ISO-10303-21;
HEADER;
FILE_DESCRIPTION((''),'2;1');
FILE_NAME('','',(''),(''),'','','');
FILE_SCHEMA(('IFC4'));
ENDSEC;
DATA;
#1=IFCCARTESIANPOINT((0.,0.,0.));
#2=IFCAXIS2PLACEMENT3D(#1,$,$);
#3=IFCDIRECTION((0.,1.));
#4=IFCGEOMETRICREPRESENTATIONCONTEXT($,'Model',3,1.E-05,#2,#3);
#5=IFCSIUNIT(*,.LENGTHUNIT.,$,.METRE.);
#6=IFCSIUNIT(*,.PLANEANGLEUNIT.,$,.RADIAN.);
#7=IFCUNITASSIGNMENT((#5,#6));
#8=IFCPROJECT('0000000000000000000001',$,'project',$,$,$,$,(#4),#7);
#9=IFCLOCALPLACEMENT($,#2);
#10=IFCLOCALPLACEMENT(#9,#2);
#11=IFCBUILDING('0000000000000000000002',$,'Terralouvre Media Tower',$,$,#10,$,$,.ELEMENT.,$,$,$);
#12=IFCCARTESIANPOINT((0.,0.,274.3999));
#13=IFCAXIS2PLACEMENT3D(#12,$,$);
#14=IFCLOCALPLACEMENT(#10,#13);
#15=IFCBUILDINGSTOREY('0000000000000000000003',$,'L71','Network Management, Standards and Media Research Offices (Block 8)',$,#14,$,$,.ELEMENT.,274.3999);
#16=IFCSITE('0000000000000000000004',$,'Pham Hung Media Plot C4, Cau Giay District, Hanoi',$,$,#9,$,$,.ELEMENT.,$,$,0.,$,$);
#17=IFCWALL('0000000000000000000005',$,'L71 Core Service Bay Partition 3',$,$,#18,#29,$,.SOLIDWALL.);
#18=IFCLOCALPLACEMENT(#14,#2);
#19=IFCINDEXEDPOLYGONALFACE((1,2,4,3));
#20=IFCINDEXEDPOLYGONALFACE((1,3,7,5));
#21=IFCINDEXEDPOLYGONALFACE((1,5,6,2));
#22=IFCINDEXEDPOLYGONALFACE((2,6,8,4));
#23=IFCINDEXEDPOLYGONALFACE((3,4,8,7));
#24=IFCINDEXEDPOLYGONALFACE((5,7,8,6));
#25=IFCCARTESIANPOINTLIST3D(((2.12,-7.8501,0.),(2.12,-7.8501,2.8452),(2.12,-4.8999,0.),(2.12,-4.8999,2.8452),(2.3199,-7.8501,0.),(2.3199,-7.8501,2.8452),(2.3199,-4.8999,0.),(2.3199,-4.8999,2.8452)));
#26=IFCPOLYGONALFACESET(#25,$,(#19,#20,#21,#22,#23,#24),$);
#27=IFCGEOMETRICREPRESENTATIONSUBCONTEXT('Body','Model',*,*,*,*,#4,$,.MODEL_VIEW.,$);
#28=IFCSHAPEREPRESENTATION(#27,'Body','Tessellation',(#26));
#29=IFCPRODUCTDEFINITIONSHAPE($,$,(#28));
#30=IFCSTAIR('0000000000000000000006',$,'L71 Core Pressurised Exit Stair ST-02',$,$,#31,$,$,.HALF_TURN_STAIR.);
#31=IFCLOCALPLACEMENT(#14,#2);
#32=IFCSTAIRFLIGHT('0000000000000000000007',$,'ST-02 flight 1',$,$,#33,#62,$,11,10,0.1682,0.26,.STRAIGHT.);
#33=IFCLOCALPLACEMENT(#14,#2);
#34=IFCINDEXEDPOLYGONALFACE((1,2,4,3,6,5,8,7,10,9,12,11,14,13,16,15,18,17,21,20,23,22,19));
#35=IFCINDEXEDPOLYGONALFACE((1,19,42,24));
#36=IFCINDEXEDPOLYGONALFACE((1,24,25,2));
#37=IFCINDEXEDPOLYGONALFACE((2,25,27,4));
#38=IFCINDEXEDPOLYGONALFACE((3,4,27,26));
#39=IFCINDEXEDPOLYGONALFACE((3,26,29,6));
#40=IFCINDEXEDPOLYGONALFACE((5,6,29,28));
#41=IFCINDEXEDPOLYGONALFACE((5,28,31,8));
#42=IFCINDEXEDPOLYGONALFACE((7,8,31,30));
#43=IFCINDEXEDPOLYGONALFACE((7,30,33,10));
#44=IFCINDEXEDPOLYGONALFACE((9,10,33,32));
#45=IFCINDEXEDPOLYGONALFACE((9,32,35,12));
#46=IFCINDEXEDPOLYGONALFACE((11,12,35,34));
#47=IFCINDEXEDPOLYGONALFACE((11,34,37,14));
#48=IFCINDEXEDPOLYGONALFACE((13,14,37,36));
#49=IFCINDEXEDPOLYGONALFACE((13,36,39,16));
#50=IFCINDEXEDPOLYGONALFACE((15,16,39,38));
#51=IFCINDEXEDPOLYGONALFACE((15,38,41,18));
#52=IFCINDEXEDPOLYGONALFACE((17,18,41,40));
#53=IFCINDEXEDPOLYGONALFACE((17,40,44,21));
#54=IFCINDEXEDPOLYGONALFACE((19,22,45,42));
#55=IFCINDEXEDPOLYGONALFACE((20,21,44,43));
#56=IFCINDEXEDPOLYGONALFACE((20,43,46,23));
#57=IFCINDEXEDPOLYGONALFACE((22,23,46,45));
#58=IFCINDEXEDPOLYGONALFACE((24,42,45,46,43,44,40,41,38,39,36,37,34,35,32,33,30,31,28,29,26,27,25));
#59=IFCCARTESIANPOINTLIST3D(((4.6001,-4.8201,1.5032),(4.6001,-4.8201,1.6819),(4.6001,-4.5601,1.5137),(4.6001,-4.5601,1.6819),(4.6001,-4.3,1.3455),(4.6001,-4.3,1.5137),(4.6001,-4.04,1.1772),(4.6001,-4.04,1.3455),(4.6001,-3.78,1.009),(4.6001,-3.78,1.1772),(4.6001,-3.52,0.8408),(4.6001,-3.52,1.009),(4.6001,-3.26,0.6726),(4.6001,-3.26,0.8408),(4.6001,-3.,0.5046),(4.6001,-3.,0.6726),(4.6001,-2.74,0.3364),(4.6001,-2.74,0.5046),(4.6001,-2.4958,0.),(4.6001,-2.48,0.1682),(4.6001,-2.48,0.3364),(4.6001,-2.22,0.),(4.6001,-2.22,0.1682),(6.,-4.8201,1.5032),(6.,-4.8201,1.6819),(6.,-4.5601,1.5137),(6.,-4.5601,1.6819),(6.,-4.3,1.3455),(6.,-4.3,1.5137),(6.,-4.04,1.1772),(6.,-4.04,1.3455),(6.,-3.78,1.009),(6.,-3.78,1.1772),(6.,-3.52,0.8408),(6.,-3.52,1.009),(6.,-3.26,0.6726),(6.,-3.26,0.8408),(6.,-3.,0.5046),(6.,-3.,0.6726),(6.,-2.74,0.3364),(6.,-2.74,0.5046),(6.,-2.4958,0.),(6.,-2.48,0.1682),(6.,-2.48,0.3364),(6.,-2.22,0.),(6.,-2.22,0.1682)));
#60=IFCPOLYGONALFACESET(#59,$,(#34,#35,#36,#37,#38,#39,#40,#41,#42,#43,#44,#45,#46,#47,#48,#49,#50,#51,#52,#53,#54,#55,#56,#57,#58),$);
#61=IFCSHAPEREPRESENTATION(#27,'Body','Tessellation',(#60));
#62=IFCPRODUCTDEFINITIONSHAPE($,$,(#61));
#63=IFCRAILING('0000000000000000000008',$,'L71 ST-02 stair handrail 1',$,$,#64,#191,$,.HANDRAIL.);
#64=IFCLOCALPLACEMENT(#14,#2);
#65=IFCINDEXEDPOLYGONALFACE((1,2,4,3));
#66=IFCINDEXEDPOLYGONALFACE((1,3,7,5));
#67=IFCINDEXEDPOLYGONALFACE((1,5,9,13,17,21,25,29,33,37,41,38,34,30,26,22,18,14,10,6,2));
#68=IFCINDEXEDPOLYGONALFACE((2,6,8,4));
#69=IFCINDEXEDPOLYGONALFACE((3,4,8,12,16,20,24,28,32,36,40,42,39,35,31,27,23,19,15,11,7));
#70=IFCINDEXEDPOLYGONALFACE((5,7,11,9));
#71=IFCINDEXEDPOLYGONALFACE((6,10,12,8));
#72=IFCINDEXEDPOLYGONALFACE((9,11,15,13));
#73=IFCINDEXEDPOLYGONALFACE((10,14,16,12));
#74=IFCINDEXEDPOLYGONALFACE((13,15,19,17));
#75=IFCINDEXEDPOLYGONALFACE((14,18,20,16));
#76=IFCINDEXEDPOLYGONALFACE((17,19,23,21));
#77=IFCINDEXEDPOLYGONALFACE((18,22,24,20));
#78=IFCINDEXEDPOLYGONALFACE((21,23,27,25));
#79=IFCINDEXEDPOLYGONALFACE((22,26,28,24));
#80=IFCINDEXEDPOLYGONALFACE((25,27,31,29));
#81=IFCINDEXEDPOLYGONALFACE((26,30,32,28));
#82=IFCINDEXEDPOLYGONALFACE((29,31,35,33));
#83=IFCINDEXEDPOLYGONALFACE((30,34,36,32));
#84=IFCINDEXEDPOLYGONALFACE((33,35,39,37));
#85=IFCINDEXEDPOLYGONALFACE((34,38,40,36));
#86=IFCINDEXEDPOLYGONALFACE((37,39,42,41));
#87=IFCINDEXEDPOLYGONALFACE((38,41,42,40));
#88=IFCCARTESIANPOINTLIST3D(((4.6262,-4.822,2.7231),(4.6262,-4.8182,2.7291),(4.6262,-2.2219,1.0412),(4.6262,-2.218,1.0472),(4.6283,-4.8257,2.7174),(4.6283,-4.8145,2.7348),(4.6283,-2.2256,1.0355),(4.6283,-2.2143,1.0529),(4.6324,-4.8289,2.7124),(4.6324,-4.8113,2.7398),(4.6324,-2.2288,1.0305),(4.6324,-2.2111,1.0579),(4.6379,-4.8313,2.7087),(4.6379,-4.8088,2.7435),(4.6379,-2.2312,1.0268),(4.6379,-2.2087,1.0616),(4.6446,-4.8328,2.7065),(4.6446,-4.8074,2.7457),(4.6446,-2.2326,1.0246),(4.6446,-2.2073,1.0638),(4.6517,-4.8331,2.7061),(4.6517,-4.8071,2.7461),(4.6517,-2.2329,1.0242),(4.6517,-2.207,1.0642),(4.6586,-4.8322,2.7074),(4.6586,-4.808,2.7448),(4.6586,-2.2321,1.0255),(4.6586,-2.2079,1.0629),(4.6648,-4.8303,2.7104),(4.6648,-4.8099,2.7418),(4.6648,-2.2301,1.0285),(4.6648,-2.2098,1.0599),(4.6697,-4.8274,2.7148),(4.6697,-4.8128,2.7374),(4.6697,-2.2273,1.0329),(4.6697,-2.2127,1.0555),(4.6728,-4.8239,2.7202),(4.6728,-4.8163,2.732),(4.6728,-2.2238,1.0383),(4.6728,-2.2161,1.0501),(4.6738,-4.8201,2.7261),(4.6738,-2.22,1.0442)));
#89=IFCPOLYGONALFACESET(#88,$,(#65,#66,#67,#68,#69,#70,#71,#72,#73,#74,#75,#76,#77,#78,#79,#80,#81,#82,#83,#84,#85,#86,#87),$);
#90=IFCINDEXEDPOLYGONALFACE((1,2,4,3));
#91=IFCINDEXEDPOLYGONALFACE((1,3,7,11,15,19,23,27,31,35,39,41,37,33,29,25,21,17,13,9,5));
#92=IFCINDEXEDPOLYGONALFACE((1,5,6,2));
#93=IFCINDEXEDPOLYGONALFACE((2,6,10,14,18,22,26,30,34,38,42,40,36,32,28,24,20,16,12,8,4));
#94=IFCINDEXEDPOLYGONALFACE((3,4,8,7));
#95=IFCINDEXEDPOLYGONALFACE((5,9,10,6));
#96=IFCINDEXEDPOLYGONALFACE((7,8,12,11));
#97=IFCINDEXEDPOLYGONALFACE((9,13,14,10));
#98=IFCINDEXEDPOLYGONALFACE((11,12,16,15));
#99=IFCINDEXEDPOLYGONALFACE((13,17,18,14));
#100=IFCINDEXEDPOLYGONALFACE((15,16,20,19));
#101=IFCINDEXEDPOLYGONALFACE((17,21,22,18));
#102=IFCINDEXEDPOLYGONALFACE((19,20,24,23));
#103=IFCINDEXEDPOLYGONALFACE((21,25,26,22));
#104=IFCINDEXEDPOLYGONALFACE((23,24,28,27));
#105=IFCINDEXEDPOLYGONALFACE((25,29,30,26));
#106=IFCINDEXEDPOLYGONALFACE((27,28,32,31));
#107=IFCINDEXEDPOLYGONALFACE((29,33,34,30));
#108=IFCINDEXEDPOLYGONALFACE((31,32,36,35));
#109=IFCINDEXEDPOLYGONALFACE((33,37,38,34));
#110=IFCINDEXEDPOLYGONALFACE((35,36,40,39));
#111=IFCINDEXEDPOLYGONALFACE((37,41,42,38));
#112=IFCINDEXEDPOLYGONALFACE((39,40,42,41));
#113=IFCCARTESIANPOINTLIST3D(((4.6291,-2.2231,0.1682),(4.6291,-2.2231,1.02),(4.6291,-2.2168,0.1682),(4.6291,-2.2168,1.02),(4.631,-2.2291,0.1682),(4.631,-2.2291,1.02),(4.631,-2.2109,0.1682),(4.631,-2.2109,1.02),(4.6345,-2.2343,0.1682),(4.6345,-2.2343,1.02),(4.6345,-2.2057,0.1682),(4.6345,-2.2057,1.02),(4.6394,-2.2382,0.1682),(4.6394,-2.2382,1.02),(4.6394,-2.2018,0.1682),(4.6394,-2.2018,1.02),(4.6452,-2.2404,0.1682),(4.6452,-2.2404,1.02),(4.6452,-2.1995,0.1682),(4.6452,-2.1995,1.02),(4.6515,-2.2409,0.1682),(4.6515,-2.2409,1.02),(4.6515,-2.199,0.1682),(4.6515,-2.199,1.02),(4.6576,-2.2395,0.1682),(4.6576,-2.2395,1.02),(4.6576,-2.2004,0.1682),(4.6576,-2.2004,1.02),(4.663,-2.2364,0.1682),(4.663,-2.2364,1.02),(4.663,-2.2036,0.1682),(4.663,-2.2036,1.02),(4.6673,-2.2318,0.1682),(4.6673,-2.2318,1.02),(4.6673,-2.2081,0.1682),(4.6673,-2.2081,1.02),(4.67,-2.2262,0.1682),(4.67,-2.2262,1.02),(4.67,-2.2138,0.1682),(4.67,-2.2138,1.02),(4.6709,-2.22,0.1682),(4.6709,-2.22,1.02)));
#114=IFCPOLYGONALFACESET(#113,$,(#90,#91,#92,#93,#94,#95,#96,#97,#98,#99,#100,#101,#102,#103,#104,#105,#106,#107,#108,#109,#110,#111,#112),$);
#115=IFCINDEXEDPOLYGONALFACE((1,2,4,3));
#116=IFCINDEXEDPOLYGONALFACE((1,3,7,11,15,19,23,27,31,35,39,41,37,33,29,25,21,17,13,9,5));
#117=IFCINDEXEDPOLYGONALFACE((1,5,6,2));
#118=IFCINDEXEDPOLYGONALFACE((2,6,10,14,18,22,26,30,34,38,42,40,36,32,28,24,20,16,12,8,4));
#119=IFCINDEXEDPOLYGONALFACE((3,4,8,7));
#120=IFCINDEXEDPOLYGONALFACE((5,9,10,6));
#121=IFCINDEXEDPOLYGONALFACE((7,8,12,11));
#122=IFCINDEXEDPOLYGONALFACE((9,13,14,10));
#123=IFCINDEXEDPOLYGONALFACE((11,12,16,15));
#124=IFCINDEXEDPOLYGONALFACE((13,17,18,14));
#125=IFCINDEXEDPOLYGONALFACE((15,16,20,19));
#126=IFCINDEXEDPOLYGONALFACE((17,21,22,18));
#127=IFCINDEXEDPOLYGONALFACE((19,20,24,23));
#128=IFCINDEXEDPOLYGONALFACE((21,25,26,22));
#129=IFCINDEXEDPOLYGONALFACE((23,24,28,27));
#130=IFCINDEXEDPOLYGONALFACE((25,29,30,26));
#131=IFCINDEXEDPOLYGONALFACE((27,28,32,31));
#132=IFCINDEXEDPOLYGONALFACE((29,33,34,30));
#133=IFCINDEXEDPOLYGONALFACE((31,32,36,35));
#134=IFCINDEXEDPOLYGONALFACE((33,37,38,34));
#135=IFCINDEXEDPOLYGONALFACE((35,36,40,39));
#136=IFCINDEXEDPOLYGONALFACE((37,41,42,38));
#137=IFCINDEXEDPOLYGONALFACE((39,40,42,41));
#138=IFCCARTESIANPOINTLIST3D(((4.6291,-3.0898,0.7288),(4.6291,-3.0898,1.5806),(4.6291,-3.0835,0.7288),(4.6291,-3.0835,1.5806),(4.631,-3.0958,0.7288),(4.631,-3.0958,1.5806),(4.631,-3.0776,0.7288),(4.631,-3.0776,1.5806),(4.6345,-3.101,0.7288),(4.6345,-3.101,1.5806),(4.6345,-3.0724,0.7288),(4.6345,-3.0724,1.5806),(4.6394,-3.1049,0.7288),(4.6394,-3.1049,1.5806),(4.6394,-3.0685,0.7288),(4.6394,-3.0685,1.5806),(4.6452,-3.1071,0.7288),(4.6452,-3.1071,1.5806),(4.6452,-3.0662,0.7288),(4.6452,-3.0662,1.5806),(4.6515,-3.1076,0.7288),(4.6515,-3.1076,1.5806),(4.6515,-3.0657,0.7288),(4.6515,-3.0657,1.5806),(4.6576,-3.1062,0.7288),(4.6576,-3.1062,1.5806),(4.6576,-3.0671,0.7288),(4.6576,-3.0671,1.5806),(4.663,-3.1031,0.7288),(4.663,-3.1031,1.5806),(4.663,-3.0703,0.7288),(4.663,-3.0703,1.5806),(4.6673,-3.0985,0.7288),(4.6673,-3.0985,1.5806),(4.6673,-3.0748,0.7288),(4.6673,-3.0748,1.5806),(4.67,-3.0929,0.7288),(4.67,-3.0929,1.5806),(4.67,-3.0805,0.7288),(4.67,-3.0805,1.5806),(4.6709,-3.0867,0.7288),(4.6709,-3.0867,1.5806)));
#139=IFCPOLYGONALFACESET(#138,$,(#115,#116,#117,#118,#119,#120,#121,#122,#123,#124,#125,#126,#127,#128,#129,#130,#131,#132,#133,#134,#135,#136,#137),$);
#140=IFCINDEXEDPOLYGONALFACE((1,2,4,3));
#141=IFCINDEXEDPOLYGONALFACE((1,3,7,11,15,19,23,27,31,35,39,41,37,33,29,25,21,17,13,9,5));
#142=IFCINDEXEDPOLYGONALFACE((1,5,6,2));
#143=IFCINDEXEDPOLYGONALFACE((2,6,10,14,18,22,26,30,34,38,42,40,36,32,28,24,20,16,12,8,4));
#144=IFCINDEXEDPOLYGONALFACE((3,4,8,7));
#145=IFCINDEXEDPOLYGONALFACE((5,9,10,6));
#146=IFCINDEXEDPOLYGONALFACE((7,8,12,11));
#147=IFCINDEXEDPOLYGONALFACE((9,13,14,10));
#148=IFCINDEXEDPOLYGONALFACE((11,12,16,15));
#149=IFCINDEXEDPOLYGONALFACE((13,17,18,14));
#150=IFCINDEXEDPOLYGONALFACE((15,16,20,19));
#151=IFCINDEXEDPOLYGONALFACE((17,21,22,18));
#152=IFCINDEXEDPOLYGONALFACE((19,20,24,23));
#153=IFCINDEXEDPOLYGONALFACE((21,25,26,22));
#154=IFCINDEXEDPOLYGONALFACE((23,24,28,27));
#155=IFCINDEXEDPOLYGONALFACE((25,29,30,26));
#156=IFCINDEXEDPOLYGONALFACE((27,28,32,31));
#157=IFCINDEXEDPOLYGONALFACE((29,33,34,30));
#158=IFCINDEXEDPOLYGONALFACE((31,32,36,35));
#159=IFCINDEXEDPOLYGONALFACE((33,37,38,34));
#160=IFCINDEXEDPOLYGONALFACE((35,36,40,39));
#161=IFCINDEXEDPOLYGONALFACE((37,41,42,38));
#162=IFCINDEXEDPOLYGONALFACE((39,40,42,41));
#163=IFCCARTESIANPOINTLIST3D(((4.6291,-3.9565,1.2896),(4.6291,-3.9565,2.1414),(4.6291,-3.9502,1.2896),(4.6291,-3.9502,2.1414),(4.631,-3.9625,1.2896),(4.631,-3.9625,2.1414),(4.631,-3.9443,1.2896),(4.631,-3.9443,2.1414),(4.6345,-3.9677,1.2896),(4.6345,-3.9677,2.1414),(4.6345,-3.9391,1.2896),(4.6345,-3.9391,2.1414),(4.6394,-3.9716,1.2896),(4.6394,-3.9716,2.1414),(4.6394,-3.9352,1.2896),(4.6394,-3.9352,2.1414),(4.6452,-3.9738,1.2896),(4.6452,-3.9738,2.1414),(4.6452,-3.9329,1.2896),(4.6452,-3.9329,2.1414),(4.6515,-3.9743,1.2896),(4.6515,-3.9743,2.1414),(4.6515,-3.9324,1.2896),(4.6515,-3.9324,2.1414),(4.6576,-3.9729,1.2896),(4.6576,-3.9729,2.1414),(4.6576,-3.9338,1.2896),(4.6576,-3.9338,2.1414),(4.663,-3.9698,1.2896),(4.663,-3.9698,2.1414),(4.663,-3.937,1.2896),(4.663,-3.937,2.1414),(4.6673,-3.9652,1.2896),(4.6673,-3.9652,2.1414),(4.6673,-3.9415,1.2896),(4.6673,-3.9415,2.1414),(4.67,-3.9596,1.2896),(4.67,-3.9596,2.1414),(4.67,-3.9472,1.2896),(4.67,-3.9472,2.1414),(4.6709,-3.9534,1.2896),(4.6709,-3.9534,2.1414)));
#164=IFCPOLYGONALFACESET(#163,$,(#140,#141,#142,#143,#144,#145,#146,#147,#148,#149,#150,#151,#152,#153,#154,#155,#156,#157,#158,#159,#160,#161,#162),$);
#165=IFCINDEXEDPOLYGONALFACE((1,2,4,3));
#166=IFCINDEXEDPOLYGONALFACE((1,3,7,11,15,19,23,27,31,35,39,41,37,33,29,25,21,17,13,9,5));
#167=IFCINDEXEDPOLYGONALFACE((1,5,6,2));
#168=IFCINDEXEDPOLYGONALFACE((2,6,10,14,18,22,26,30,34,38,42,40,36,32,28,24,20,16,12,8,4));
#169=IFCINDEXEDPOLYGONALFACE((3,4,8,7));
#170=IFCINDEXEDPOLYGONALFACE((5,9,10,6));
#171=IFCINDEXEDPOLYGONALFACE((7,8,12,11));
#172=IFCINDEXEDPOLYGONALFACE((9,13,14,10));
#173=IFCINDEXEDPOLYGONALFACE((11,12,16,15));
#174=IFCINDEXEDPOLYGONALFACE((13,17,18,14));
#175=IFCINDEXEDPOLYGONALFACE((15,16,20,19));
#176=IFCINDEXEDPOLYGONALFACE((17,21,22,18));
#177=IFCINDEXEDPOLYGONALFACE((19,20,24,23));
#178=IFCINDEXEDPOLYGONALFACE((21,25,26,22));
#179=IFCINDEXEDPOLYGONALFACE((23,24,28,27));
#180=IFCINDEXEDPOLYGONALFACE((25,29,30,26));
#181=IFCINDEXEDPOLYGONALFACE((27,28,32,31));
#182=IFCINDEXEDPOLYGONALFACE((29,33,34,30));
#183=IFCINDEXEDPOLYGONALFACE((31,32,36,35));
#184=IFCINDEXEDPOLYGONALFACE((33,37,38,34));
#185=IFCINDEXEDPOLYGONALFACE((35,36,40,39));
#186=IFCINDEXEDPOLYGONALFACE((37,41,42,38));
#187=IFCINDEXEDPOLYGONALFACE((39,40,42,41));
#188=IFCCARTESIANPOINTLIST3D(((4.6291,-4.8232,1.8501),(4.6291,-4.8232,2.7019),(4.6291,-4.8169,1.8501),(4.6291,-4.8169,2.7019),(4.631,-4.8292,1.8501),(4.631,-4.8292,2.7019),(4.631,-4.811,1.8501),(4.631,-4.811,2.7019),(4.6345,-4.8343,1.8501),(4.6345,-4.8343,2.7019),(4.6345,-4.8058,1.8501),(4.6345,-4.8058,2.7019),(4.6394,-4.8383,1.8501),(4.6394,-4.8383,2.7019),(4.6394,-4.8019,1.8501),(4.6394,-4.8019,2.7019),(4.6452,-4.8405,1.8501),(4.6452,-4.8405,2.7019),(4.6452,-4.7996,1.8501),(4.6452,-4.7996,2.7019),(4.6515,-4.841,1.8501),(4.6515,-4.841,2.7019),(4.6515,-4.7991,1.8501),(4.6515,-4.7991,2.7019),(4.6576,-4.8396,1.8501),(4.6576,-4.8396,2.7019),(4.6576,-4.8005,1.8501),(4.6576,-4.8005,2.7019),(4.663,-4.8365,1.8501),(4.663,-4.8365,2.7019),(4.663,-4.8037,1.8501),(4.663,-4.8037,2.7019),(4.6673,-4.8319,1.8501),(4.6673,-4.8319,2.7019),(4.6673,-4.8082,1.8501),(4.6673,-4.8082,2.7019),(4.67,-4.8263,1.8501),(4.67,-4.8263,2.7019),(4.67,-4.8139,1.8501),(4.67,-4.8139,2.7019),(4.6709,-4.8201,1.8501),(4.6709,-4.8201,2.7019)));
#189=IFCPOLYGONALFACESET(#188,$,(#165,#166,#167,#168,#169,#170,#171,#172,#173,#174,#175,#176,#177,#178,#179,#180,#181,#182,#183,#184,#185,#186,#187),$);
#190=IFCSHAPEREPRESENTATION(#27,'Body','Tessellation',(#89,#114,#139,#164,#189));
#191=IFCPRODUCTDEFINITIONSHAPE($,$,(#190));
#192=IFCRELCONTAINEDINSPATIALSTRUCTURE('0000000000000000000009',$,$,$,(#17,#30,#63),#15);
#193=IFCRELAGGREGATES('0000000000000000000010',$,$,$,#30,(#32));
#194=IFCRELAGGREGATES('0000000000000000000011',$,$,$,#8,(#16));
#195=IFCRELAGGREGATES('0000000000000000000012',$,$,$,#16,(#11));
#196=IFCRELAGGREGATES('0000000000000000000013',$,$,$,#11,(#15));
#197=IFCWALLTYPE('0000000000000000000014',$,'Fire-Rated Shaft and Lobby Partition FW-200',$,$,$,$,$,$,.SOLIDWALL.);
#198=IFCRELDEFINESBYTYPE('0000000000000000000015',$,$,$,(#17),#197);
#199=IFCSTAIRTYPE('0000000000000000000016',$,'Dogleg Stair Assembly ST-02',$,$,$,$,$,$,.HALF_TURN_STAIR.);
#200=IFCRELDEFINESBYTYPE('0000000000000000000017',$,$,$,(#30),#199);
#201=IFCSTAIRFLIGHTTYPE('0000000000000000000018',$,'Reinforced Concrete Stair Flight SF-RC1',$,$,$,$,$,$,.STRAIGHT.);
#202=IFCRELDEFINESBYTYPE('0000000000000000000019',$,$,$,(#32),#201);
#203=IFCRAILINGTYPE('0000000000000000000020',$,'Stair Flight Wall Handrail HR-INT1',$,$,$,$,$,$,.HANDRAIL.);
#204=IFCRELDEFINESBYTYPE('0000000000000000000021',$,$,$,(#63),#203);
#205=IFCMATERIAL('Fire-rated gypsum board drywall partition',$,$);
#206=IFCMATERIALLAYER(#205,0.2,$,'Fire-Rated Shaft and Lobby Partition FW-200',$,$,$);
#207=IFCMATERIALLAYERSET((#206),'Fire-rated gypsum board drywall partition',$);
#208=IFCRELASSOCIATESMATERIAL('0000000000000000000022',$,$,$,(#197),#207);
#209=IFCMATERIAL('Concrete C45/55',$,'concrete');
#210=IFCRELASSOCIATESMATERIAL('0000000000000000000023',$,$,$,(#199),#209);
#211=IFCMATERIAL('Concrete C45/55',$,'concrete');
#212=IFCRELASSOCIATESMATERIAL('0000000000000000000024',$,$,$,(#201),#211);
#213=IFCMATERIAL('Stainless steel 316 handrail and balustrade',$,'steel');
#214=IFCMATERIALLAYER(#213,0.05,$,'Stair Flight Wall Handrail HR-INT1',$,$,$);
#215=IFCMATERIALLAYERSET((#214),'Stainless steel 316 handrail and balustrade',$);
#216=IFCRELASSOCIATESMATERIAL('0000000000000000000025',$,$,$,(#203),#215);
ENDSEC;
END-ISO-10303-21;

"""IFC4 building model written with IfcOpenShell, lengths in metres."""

from ifc_helpers import new_model, si_unit, direction, frame, frame_2d, origin, origin_2d, place, context, subcontext, project, spatial, polyline, rectangle, circle, outline, extrude, material, layer, layer_set, type_object, element, aggregate, save


model = new_model("IFC4")

# Units and contexts
model_context = context("Model", 3, precision=1e-05, world=origin(), true_north=direction((0.0, 1.0)))
body_context = subcontext(model_context, "Body", "Model", "MODEL_VIEW")
ifc_project = project(units=[si_unit("LENGTHUNIT", "METRE"), si_unit("PLANEANGLEUNIT", "RADIAN")], contexts=[model_context])

# Site, building, storey
site_placement = place(None, origin())
site = spatial("IfcSite", under=ifc_project, at=site_placement, Name="Pham Hung Media Plot C4, Cau Giay District, Hanoi", CompositionType="ELEMENT", RefElevation=0.0)
building_placement = place(site_placement, origin())
building = spatial("IfcBuilding", under=site, at=building_placement, Name="Terralouvre Media Tower", CompositionType="ELEMENT")
storey_placement = place(building_placement, frame((0.0, 0.0, 274.3999)))
storey = spatial("IfcBuildingStorey", under=building, at=storey_placement, Name="L71", Description="Network Management, Standards and Media Research Offices (Block 8)", CompositionType="ELEMENT", Elevation=274.3999)

# Wall
ifc_material_1 = material(Name="Fire-rated gypsum board drywall partition")
ifc_layer_1 = layer(ifc_material_1, 0.2, Name="Fire-Rated Shaft and Lobby Partition FW-200")
ifc_layer_set_1 = layer_set([ifc_layer_1], Name="Fire-rated gypsum board drywall partition")
wall_type_1 = type_object("IfcWallType", Name="Fire-Rated Shaft and Lobby Partition FW-200", PredefinedType="SOLIDWALL", material=ifc_layer_set_1)
for number, where, z_axis, x_axis, name in (
    (1, (2.22, -7.8501, 0.0), (0.0, 0.0, 1.0), (0.0, 1.0, 0.0), "L71 Core Service Bay Partition 3"),
):
    element("IfcWall", number, at=place(storey_placement, frame(where, z_axis=z_axis, x_axis=x_axis)), inside=storey, type_object=wall_type_1, Name=name, PredefinedType="SOLIDWALL", context=body_context, shape_type="SweptSolid", body=[
        extrude(rectangle(XDim=2.9502, YDim=0.2, at=frame_2d((1.4751, 0.0))), origin(), (0.0, 0.0, 1.0), 2.8452),
    ])

# Stair, stair flight
ifc_material_2 = material(Name="Concrete C45/55", Category="concrete")
stair_type = type_object("IfcStairType", Name="Dogleg Stair Assembly ST-02", PredefinedType="HALF_TURN_STAIR", material=ifc_material_2)
stair_placement = place(storey_placement, origin())
stair = element("IfcStair", 2, at=stair_placement, inside=storey, type_object=stair_type, Name="L71 Core Pressurised Exit Stair ST-02", PredefinedType="HALF_TURN_STAIR")
ifc_material_3 = material(Name="Concrete C45/55", Category="concrete")
stair_flight_type = type_object("IfcStairFlightType", Name="Reinforced Concrete Stair Flight SF-RC1", PredefinedType="STRAIGHT", material=ifc_material_3)
stair_flight_placement = place(storey_placement, frame((5.3, -2.22, 0.0), z_axis=(0.0, 0.0, 1.0), x_axis=(0.0, -1.0, 0.0)))
stair_flight = element("IfcStairFlight", 3, at=stair_flight_placement, type_object=stair_flight_type, Name="ST-02 flight 1", NumberOfRisers=11, NumberOfTreads=10, PredefinedType="STRAIGHT", RiserHeight=0.1682, TreadLength=0.26, context=body_context, shape_type="SweptSolid", body=[
    extrude(outline(polyline([(0.0, 0.0), (0.0, 0.1682), (0.26, 0.1682), (0.26, 0.3364), (0.52, 0.3364), (0.52, 0.5046), (0.78, 0.5046), (0.78, 0.6726), (1.04, 0.6726), (1.04, 0.8408), (1.3, 0.8408), (1.3, 1.009), (1.5601, 1.009), (1.5601, 1.1772), (1.8201, 1.1772), (1.8201, 1.3455), (2.0801, 1.3455), (2.0801, 1.5137), (2.3401, 1.5137), (2.3401, 1.6819), (2.6001, 1.6819), (2.6001, 1.8501), (2.6001, 1.5032), (0.2759, 0.0), (0.0, 0.0)])), frame((0.0, 0.7, 0.0), z_axis=(0.0, -1.0, 0.0), x_axis=(1.0, 0.0, 0.0)), (0.0, 0.0, 1.0), 1.3999),
])
aggregate(stair, [stair_flight])

# Railing
ifc_material_4 = material(Name="Stainless steel 316 handrail and balustrade", Category="steel")
ifc_layer_2 = layer(ifc_material_4, 0.05, Name="Stair Flight Wall Handrail HR-INT1")
ifc_layer_set_2 = layer_set([ifc_layer_2], Name="Stainless steel 316 handrail and balustrade")
railing_type = type_object("IfcRailingType", Name="Stair Flight Wall Handrail HR-INT1", PredefinedType="HANDRAIL", material=ifc_layer_set_2)
railing_placement = place(storey_placement, frame((4.6499, -2.22, 0.1682)))
element("IfcRailing", 4, at=railing_placement, inside=storey, type_object=railing_type, Name="L71 ST-02 stair handrail 1", PredefinedType="HANDRAIL", context=body_context, shape_type="SweptSolid", body=[
    extrude(circle(Radius=0.0239, at=origin_2d()), frame((0.0, 0.0, 0.876), z_axis=(0.0, -0.839648, 0.54313), x_axis=(1.0, 0.0, 0.0)), (0.0, 0.0, 1.0), 3.0967),
    extrude(circle(Radius=0.021, at=origin_2d()), origin(), (0.0, 0.0, 1.0), 0.8518),
    extrude(circle(Radius=0.021, at=origin_2d()), frame((0.0, -0.8667, 0.5605)), (0.0, 0.0, 1.0), 0.8518),
    extrude(circle(Radius=0.021, at=origin_2d()), frame((0.0, -1.7334, 1.1213)), (0.0, 0.0, 1.0), 0.8518),
    extrude(circle(Radius=0.021, at=origin_2d()), frame((0.0, -2.6001, 1.6819)), (0.0, 0.0, 1.0), 0.8518),
])

save(model, "model.ifc")
